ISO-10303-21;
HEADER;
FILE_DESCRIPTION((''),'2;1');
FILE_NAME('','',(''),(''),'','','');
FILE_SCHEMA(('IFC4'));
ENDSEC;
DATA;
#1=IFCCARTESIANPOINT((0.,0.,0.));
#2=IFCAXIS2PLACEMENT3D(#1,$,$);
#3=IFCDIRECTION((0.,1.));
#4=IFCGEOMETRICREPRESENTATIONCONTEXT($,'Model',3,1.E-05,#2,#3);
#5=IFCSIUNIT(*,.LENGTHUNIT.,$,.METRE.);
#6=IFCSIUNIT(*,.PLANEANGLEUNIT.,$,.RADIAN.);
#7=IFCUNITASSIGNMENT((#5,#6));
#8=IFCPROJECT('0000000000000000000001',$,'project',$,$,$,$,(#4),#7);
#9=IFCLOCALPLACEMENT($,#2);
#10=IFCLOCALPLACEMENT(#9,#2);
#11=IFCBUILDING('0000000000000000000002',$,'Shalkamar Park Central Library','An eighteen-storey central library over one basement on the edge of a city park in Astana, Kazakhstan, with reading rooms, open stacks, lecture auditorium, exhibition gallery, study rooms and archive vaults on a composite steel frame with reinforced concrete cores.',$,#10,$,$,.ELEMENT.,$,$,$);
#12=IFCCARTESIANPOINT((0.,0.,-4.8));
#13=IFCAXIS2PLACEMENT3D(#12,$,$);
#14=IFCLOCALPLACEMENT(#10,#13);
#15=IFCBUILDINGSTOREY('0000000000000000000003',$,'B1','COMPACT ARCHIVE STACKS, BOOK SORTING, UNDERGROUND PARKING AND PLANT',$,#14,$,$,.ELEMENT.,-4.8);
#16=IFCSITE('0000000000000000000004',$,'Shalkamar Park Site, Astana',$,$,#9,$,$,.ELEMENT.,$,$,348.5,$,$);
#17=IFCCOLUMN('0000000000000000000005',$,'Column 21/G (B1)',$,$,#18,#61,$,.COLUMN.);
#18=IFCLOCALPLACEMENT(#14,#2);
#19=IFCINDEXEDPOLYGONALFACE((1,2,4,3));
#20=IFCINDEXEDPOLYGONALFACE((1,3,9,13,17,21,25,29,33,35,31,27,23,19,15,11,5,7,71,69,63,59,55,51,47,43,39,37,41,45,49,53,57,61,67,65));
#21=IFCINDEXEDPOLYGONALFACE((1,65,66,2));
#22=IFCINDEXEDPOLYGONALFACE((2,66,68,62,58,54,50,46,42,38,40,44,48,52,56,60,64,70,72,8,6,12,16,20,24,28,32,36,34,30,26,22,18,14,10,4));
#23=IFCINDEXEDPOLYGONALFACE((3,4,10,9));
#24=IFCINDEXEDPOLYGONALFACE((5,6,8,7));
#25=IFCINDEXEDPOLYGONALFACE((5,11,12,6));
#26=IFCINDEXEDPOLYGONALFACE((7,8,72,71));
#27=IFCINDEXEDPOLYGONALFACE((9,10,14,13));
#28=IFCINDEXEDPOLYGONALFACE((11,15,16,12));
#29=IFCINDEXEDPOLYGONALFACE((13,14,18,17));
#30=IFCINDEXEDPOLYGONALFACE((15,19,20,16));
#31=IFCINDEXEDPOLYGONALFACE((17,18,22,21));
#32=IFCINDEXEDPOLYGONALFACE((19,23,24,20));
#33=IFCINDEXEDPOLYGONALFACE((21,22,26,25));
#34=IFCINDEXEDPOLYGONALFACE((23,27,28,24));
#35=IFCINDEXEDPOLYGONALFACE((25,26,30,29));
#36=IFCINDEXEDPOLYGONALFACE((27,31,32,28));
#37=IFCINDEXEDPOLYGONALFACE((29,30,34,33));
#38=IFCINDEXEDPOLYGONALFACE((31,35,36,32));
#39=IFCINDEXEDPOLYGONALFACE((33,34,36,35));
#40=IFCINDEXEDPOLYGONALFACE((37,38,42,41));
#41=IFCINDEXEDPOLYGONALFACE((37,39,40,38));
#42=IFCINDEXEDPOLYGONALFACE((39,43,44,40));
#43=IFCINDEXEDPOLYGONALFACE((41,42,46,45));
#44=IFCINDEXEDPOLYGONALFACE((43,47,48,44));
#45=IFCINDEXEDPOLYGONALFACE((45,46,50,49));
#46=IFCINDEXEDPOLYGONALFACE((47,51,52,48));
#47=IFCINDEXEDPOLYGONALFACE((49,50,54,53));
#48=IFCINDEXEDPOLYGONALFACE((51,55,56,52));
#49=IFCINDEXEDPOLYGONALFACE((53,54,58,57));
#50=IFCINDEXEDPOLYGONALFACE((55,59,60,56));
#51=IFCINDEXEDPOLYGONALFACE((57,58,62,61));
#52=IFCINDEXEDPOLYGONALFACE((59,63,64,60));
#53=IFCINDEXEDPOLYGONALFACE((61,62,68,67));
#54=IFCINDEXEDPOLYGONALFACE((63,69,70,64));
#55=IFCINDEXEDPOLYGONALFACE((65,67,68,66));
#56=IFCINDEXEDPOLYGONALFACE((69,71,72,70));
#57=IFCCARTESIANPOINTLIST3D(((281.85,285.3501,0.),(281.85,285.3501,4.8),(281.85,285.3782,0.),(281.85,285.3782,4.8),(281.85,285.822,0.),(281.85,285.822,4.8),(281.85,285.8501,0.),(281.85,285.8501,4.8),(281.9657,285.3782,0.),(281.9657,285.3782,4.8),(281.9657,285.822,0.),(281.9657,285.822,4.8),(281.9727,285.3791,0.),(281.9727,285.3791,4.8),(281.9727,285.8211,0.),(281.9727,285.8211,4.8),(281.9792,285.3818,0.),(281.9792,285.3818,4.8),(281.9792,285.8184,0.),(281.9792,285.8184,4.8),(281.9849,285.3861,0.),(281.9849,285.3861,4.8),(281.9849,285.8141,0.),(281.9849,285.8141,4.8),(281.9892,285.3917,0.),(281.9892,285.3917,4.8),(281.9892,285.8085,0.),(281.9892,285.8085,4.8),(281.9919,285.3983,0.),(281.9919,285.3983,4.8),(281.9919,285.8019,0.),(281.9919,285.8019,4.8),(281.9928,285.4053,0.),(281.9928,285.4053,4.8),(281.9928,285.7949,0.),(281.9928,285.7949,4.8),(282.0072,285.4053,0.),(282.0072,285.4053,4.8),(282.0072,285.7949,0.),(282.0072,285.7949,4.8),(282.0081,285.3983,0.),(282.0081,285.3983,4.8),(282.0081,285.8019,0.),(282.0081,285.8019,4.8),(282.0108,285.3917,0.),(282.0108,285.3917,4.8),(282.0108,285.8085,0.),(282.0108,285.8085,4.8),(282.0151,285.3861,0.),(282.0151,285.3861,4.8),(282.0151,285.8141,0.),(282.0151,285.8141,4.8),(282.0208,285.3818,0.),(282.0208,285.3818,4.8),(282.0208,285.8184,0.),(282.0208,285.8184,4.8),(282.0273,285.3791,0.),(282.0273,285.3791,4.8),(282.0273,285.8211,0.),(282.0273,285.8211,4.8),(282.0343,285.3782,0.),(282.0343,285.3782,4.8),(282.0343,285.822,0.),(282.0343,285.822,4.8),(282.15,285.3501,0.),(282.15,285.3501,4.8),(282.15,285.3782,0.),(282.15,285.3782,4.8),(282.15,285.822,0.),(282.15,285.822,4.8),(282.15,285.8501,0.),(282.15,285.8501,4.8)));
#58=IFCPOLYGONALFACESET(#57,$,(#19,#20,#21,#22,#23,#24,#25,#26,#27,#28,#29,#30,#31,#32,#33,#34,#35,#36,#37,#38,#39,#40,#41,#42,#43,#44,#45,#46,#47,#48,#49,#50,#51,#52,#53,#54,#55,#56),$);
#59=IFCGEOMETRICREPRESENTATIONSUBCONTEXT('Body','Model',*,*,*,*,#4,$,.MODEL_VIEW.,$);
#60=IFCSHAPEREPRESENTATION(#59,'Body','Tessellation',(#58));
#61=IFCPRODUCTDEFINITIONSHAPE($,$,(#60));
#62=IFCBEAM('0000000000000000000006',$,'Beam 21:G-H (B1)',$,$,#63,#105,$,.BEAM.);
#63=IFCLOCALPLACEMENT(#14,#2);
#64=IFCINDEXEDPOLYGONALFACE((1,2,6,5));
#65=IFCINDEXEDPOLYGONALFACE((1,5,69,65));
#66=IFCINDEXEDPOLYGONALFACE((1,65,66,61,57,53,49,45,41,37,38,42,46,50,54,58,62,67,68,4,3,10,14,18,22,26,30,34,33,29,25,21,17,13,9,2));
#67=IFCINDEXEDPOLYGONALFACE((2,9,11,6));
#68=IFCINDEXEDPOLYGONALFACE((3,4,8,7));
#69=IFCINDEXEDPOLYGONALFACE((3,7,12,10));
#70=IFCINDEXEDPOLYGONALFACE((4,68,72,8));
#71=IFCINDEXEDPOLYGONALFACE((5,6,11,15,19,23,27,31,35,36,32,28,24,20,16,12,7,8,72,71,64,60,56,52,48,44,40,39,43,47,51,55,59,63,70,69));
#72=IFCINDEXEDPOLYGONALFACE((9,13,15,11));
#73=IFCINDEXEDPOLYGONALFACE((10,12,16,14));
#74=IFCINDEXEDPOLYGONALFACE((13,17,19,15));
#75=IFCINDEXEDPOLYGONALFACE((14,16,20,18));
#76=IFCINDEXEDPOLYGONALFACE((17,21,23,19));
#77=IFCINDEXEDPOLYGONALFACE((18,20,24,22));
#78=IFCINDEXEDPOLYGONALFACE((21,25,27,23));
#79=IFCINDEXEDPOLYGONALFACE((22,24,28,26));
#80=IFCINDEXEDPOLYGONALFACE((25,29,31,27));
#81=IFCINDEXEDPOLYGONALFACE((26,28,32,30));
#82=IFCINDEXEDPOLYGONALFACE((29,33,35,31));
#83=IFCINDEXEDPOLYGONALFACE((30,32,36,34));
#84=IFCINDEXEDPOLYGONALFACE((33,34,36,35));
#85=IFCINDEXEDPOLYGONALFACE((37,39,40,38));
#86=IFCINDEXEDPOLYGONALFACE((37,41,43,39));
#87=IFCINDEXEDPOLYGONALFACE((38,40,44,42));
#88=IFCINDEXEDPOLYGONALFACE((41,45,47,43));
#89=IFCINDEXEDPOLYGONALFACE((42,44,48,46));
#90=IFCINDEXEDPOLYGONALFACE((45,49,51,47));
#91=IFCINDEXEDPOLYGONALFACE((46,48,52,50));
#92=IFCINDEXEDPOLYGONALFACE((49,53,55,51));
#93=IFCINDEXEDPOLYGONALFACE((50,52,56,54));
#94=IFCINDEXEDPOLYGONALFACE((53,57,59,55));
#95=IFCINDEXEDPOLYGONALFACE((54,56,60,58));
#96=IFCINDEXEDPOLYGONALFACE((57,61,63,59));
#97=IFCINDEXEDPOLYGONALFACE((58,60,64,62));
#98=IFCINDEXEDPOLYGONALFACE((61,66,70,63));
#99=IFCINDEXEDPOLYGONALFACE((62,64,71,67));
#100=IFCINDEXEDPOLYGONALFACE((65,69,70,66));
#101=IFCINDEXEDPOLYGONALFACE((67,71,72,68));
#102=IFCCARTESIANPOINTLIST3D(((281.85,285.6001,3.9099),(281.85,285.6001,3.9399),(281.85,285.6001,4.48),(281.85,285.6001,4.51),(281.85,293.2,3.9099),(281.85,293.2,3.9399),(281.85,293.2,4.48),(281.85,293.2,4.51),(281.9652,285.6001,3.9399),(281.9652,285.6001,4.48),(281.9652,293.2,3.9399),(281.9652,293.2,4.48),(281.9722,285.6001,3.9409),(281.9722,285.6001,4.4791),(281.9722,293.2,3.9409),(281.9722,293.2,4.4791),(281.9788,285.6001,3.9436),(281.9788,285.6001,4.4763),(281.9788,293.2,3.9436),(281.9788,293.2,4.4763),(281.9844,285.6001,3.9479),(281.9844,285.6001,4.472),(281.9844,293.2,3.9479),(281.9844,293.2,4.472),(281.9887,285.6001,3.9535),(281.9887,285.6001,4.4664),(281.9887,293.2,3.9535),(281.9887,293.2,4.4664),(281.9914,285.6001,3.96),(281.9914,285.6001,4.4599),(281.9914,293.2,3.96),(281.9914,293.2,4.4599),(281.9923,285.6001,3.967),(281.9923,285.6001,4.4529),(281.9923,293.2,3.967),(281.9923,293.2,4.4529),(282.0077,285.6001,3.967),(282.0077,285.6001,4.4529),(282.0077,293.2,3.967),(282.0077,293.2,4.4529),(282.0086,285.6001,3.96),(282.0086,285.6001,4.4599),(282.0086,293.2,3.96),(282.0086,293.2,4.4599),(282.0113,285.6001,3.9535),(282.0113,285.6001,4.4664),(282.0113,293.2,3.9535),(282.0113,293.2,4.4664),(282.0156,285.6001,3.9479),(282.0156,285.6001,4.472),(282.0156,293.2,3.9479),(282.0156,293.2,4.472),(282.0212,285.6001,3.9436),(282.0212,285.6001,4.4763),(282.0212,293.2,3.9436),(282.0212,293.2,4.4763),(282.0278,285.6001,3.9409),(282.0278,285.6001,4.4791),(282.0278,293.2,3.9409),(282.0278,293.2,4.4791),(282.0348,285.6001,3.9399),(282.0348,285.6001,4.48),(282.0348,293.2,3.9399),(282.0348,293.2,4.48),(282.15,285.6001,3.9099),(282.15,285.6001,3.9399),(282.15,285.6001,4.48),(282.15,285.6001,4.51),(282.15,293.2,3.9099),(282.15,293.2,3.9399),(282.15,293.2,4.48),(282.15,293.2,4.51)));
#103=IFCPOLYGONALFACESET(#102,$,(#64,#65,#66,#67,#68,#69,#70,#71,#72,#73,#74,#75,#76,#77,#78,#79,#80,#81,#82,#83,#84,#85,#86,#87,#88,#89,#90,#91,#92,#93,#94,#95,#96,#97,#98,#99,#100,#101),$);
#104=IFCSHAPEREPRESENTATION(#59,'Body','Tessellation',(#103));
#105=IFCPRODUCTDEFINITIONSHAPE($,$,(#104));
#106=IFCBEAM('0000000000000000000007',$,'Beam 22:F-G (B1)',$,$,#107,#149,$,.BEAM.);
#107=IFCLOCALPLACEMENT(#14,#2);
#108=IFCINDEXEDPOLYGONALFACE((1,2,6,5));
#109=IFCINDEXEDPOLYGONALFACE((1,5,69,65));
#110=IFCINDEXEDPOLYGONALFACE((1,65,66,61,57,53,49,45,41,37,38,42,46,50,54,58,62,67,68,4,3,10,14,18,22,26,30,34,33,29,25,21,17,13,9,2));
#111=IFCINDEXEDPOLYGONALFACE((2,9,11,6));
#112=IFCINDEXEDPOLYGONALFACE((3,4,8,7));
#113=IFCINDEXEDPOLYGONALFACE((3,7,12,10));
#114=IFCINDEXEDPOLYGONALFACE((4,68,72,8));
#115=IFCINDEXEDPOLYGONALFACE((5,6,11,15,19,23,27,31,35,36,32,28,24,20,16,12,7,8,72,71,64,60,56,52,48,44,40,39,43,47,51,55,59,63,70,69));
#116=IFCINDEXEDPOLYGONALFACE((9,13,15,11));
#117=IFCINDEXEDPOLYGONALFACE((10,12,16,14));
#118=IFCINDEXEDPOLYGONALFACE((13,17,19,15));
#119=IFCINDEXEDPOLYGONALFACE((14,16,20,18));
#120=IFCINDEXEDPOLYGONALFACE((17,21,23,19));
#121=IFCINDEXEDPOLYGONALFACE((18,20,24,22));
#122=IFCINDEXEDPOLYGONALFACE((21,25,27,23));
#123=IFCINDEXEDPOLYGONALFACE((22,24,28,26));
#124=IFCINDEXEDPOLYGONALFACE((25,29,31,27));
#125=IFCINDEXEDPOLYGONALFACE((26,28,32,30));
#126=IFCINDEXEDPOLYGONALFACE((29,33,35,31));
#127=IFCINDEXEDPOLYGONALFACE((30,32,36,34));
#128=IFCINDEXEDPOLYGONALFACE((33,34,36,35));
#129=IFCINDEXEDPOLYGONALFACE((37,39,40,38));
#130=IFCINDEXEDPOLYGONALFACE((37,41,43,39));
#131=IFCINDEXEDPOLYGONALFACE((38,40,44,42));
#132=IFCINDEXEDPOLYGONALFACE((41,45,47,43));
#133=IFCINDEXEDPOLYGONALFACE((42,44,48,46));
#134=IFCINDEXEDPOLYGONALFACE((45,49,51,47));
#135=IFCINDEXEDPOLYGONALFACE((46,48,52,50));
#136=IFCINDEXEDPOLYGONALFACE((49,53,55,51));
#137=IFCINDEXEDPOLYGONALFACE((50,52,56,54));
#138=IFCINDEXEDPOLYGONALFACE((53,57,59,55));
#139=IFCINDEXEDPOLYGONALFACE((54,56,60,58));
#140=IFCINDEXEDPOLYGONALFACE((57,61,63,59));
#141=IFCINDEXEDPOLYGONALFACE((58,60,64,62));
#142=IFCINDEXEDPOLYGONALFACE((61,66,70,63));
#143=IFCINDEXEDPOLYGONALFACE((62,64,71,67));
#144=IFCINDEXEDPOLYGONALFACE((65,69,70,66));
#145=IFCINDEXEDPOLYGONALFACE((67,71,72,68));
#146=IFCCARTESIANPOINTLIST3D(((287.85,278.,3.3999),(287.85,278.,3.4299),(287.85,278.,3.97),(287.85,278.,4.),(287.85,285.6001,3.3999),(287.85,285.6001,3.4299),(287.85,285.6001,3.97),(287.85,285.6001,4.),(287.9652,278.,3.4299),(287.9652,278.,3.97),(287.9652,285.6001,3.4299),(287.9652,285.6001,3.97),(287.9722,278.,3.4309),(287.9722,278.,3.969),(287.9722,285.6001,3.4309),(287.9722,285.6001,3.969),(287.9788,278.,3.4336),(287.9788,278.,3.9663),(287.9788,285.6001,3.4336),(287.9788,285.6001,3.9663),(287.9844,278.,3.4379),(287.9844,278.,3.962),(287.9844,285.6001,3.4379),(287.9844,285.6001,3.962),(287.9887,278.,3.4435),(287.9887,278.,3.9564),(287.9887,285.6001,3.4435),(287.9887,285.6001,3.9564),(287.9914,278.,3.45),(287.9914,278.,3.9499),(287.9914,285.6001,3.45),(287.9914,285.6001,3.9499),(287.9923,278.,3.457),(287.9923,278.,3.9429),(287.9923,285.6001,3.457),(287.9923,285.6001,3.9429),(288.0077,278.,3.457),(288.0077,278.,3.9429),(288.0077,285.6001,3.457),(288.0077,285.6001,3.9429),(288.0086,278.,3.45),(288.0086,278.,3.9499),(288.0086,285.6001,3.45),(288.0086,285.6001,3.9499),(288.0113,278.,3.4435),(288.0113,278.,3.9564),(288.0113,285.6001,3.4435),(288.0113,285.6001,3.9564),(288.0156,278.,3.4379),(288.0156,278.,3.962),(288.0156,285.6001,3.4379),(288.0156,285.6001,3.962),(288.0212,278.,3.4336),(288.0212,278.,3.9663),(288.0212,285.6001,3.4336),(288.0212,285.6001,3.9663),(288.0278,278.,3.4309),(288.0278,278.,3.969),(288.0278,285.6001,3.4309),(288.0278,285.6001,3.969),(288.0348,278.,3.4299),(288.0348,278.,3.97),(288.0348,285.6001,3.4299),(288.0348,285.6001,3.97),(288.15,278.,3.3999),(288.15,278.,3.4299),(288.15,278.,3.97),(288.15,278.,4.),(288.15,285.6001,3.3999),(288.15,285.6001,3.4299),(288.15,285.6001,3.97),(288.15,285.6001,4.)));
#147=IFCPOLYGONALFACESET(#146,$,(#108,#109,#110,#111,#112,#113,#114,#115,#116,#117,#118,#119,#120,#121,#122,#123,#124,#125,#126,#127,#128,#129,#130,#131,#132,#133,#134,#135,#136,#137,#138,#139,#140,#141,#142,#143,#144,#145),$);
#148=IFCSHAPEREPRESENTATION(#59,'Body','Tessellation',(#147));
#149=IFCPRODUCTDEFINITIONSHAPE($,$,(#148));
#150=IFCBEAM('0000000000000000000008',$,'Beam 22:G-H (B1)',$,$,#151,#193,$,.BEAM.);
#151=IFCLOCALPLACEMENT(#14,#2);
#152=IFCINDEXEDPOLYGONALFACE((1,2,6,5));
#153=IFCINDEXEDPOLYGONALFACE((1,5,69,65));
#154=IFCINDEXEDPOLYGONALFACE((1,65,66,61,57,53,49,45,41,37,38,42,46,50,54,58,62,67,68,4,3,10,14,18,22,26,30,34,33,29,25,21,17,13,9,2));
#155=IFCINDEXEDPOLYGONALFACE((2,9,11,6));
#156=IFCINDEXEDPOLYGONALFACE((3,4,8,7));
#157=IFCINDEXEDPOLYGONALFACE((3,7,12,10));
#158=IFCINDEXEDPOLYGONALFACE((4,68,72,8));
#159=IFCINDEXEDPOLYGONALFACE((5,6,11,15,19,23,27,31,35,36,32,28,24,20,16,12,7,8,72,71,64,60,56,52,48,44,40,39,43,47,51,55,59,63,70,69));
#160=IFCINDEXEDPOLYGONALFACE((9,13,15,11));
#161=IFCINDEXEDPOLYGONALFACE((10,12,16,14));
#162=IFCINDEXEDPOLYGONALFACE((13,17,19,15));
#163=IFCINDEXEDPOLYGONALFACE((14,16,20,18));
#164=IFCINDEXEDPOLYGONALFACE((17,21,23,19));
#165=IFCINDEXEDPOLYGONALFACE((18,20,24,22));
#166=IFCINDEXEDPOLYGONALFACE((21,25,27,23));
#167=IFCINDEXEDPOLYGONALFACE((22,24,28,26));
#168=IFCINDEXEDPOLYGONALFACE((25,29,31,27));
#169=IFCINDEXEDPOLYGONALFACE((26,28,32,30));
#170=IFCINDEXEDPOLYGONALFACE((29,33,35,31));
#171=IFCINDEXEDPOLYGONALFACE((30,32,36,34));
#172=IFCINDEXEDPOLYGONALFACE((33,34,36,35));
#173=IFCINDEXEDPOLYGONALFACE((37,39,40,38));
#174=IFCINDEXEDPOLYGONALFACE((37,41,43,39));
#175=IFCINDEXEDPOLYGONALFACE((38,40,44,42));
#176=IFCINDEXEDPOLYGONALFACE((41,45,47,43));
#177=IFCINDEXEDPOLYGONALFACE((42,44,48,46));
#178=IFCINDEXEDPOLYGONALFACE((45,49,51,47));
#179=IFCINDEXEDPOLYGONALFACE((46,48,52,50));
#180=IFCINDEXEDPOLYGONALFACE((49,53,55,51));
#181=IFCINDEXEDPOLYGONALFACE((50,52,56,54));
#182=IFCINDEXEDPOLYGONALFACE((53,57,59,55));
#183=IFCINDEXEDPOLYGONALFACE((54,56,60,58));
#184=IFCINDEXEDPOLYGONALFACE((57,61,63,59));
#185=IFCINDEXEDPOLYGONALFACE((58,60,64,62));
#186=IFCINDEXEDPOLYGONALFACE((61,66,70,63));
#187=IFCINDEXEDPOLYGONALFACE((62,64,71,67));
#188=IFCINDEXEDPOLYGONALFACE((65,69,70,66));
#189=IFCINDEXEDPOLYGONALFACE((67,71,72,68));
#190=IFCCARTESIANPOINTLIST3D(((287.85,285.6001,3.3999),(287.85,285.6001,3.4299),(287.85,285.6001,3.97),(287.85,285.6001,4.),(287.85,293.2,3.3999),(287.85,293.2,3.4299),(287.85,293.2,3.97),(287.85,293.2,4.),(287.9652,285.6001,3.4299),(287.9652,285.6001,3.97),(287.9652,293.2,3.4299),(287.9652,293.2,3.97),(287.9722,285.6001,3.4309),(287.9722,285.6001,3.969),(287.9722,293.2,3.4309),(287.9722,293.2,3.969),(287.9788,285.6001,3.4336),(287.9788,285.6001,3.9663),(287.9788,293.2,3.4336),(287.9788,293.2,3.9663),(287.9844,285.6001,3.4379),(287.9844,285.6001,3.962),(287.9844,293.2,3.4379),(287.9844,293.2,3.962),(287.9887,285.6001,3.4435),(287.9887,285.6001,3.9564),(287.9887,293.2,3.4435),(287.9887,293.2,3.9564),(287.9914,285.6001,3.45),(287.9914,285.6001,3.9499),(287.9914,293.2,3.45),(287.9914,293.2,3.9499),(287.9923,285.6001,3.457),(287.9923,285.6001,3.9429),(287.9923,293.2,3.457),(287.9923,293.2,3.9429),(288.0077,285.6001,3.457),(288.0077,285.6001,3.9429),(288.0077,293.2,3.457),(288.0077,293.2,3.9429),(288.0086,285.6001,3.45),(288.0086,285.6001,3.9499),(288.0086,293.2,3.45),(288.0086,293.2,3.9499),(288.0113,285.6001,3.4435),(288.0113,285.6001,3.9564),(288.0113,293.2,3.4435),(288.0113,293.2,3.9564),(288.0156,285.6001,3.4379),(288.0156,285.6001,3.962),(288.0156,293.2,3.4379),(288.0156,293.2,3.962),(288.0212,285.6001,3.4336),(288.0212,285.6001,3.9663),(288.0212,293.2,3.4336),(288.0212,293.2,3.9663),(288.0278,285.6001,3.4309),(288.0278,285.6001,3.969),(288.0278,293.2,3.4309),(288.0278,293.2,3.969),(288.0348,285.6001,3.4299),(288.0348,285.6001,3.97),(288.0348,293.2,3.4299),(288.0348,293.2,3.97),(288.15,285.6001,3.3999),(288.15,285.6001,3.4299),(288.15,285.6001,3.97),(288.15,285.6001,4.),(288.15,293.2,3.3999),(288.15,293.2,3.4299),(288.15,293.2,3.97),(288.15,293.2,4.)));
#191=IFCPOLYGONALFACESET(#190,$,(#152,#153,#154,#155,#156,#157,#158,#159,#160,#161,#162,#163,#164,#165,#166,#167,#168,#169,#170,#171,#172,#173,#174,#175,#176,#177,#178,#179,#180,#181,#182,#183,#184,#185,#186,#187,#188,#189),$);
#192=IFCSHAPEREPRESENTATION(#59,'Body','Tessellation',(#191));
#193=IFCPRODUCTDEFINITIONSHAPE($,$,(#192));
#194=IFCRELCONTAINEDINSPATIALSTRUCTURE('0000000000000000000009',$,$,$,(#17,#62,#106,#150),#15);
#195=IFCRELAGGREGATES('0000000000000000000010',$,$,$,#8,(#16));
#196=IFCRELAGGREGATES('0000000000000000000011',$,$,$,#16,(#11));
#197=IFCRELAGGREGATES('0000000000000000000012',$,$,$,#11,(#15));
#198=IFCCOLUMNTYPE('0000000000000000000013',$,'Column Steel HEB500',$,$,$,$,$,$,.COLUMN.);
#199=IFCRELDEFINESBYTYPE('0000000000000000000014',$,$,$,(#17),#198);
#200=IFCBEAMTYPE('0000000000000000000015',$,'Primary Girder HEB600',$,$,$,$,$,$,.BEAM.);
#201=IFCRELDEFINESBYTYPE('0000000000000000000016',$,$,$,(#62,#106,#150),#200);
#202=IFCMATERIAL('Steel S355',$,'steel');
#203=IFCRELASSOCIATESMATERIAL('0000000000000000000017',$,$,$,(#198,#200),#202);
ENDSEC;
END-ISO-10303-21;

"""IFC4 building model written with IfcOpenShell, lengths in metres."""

from ifc_helpers import new_model, si_unit, direction, frame, origin, origin_2d, place, context, subcontext, project, spatial, i_section, extrude, material, material_profile, profile_set, type_object, element, save


model = new_model("IFC4")

# Units and contexts
model_context = context("Model", 3, precision=1e-05, world=origin(), true_north=direction((0.0, 1.0)))
body_context = subcontext(model_context, "Body", "Model", "MODEL_VIEW")
ifc_project = project(units=[si_unit("LENGTHUNIT", "METRE"), si_unit("PLANEANGLEUNIT", "RADIAN")], contexts=[model_context])

# Site, building, storey
site_placement = place(None, origin())
site = spatial("IfcSite", under=ifc_project, at=site_placement, Name="Shalkamar Park Site, Astana", CompositionType="ELEMENT", RefElevation=348.5)
building_placement = place(site_placement, origin())
building = spatial("IfcBuilding", under=site, at=building_placement, Name="Shalkamar Park Central Library", Description="An eighteen-storey central library over one basement on the edge of a city park in Astana, Kazakhstan, with reading rooms, open stacks, lecture auditorium, exhibition gallery, study rooms and archive vaults on a composite steel frame with reinforced concrete cores.", CompositionType="ELEMENT")
storey_placement = place(building_placement, frame((0.0, 0.0, -4.8)))
storey = spatial("IfcBuildingStorey", under=building, at=storey_placement, Name="B1", Description="COMPACT ARCHIVE STACKS, BOOK SORTING, UNDERGROUND PARKING AND PLANT", CompositionType="ELEMENT", Elevation=-4.8)

# Column
ifc_material_1 = material(Name="Steel S355", Category="steel")
ifc_material_profile_1 = material_profile(ifc_material_1, i_section(OverallWidth=0.3, OverallDepth=0.5, WebThickness=0.0144, FlangeThickness=0.0281, FilletRadius=0.0271, at=origin_2d()), Name="HEB 500")
ifc_profile_set_1 = profile_set([ifc_material_profile_1], Name="Steel S355")
column_type_1 = type_object("IfcColumnType", Name="Column Steel HEB500", PredefinedType="COLUMN", material=ifc_profile_set_1)
column_placement = place(storey_placement, frame((282.0, 285.6001, 0.0), z_axis=(0.0, 0.0, 1.0), x_axis=(1.0, 0.0, 0.0)))
element("IfcColumn", 1, at=column_placement, inside=storey, type_object=column_type_1, Name="Column 21/G (B1)", PredefinedType="COLUMN", context=body_context, shape_type="SweptSolid", body=[
    extrude(i_section(OverallWidth=0.3, OverallDepth=0.5, WebThickness=0.0144, FlangeThickness=0.0281, FilletRadius=0.0271, at=origin_2d()), origin(), (0.0, 0.0, 1.0), 4.8),
])

# Beams
ifc_material_profile_2 = material_profile(ifc_material_1, i_section(OverallWidth=0.3, OverallDepth=0.6001, WebThickness=0.0154, FlangeThickness=0.03, FilletRadius=0.0271, at=origin_2d()), Name="HEB 600")
ifc_profile_set_2 = profile_set([ifc_material_profile_2], Name="Steel S355")
beam_type_1 = type_object("IfcBeamType", Name="Primary Girder HEB600", PredefinedType="BEAM", material=ifc_profile_set_2)
beam_1_placement = place(storey_placement, frame((282.0, 285.6001, 4.21), z_axis=(0.0, 1.0, 0.0), x_axis=(-1.0, 0.0, 0.0)))
element("IfcBeam", 2, at=beam_1_placement, inside=storey, type_object=beam_type_1, Name="Beam 21:G-H (B1)", PredefinedType="BEAM", context=body_context, shape_type="SweptSolid", body=[
    extrude(i_section(OverallWidth=0.3, OverallDepth=0.6001, WebThickness=0.0154, FlangeThickness=0.03, FilletRadius=0.0271, at=origin_2d()), origin(), (0.0, 0.0, 1.0), 7.5999),
])
beam_2_placement = place(storey_placement, frame((288.0, 278.0, 3.7), z_axis=(0.0, 1.0, 0.0), x_axis=(-1.0, 0.0, 0.0)))
element("IfcBeam", 3, at=beam_2_placement, inside=storey, type_object=beam_type_1, Name="Beam 22:F-G (B1)", PredefinedType="BEAM", context=body_context, shape_type="SweptSolid", body=[
    extrude(i_section(OverallWidth=0.3, OverallDepth=0.6001, WebThickness=0.0154, FlangeThickness=0.03, FilletRadius=0.0271, at=origin_2d()), origin(), (0.0, 0.0, 1.0), 7.6001),
])
beam_3_placement = place(storey_placement, frame((288.0, 285.6001, 3.7), z_axis=(0.0, 1.0, 0.0), x_axis=(-1.0, 0.0, 0.0)))
element("IfcBeam", 4, at=beam_3_placement, inside=storey, type_object=beam_type_1, Name="Beam 22:G-H (B1)", PredefinedType="BEAM", context=body_context, shape_type="SweptSolid", body=[
    extrude(i_section(OverallWidth=0.3, OverallDepth=0.6001, WebThickness=0.0154, FlangeThickness=0.03, FilletRadius=0.0271, at=origin_2d()), origin(), (0.0, 0.0, 1.0), 7.5999),
])

save(model, "model.ifc")
